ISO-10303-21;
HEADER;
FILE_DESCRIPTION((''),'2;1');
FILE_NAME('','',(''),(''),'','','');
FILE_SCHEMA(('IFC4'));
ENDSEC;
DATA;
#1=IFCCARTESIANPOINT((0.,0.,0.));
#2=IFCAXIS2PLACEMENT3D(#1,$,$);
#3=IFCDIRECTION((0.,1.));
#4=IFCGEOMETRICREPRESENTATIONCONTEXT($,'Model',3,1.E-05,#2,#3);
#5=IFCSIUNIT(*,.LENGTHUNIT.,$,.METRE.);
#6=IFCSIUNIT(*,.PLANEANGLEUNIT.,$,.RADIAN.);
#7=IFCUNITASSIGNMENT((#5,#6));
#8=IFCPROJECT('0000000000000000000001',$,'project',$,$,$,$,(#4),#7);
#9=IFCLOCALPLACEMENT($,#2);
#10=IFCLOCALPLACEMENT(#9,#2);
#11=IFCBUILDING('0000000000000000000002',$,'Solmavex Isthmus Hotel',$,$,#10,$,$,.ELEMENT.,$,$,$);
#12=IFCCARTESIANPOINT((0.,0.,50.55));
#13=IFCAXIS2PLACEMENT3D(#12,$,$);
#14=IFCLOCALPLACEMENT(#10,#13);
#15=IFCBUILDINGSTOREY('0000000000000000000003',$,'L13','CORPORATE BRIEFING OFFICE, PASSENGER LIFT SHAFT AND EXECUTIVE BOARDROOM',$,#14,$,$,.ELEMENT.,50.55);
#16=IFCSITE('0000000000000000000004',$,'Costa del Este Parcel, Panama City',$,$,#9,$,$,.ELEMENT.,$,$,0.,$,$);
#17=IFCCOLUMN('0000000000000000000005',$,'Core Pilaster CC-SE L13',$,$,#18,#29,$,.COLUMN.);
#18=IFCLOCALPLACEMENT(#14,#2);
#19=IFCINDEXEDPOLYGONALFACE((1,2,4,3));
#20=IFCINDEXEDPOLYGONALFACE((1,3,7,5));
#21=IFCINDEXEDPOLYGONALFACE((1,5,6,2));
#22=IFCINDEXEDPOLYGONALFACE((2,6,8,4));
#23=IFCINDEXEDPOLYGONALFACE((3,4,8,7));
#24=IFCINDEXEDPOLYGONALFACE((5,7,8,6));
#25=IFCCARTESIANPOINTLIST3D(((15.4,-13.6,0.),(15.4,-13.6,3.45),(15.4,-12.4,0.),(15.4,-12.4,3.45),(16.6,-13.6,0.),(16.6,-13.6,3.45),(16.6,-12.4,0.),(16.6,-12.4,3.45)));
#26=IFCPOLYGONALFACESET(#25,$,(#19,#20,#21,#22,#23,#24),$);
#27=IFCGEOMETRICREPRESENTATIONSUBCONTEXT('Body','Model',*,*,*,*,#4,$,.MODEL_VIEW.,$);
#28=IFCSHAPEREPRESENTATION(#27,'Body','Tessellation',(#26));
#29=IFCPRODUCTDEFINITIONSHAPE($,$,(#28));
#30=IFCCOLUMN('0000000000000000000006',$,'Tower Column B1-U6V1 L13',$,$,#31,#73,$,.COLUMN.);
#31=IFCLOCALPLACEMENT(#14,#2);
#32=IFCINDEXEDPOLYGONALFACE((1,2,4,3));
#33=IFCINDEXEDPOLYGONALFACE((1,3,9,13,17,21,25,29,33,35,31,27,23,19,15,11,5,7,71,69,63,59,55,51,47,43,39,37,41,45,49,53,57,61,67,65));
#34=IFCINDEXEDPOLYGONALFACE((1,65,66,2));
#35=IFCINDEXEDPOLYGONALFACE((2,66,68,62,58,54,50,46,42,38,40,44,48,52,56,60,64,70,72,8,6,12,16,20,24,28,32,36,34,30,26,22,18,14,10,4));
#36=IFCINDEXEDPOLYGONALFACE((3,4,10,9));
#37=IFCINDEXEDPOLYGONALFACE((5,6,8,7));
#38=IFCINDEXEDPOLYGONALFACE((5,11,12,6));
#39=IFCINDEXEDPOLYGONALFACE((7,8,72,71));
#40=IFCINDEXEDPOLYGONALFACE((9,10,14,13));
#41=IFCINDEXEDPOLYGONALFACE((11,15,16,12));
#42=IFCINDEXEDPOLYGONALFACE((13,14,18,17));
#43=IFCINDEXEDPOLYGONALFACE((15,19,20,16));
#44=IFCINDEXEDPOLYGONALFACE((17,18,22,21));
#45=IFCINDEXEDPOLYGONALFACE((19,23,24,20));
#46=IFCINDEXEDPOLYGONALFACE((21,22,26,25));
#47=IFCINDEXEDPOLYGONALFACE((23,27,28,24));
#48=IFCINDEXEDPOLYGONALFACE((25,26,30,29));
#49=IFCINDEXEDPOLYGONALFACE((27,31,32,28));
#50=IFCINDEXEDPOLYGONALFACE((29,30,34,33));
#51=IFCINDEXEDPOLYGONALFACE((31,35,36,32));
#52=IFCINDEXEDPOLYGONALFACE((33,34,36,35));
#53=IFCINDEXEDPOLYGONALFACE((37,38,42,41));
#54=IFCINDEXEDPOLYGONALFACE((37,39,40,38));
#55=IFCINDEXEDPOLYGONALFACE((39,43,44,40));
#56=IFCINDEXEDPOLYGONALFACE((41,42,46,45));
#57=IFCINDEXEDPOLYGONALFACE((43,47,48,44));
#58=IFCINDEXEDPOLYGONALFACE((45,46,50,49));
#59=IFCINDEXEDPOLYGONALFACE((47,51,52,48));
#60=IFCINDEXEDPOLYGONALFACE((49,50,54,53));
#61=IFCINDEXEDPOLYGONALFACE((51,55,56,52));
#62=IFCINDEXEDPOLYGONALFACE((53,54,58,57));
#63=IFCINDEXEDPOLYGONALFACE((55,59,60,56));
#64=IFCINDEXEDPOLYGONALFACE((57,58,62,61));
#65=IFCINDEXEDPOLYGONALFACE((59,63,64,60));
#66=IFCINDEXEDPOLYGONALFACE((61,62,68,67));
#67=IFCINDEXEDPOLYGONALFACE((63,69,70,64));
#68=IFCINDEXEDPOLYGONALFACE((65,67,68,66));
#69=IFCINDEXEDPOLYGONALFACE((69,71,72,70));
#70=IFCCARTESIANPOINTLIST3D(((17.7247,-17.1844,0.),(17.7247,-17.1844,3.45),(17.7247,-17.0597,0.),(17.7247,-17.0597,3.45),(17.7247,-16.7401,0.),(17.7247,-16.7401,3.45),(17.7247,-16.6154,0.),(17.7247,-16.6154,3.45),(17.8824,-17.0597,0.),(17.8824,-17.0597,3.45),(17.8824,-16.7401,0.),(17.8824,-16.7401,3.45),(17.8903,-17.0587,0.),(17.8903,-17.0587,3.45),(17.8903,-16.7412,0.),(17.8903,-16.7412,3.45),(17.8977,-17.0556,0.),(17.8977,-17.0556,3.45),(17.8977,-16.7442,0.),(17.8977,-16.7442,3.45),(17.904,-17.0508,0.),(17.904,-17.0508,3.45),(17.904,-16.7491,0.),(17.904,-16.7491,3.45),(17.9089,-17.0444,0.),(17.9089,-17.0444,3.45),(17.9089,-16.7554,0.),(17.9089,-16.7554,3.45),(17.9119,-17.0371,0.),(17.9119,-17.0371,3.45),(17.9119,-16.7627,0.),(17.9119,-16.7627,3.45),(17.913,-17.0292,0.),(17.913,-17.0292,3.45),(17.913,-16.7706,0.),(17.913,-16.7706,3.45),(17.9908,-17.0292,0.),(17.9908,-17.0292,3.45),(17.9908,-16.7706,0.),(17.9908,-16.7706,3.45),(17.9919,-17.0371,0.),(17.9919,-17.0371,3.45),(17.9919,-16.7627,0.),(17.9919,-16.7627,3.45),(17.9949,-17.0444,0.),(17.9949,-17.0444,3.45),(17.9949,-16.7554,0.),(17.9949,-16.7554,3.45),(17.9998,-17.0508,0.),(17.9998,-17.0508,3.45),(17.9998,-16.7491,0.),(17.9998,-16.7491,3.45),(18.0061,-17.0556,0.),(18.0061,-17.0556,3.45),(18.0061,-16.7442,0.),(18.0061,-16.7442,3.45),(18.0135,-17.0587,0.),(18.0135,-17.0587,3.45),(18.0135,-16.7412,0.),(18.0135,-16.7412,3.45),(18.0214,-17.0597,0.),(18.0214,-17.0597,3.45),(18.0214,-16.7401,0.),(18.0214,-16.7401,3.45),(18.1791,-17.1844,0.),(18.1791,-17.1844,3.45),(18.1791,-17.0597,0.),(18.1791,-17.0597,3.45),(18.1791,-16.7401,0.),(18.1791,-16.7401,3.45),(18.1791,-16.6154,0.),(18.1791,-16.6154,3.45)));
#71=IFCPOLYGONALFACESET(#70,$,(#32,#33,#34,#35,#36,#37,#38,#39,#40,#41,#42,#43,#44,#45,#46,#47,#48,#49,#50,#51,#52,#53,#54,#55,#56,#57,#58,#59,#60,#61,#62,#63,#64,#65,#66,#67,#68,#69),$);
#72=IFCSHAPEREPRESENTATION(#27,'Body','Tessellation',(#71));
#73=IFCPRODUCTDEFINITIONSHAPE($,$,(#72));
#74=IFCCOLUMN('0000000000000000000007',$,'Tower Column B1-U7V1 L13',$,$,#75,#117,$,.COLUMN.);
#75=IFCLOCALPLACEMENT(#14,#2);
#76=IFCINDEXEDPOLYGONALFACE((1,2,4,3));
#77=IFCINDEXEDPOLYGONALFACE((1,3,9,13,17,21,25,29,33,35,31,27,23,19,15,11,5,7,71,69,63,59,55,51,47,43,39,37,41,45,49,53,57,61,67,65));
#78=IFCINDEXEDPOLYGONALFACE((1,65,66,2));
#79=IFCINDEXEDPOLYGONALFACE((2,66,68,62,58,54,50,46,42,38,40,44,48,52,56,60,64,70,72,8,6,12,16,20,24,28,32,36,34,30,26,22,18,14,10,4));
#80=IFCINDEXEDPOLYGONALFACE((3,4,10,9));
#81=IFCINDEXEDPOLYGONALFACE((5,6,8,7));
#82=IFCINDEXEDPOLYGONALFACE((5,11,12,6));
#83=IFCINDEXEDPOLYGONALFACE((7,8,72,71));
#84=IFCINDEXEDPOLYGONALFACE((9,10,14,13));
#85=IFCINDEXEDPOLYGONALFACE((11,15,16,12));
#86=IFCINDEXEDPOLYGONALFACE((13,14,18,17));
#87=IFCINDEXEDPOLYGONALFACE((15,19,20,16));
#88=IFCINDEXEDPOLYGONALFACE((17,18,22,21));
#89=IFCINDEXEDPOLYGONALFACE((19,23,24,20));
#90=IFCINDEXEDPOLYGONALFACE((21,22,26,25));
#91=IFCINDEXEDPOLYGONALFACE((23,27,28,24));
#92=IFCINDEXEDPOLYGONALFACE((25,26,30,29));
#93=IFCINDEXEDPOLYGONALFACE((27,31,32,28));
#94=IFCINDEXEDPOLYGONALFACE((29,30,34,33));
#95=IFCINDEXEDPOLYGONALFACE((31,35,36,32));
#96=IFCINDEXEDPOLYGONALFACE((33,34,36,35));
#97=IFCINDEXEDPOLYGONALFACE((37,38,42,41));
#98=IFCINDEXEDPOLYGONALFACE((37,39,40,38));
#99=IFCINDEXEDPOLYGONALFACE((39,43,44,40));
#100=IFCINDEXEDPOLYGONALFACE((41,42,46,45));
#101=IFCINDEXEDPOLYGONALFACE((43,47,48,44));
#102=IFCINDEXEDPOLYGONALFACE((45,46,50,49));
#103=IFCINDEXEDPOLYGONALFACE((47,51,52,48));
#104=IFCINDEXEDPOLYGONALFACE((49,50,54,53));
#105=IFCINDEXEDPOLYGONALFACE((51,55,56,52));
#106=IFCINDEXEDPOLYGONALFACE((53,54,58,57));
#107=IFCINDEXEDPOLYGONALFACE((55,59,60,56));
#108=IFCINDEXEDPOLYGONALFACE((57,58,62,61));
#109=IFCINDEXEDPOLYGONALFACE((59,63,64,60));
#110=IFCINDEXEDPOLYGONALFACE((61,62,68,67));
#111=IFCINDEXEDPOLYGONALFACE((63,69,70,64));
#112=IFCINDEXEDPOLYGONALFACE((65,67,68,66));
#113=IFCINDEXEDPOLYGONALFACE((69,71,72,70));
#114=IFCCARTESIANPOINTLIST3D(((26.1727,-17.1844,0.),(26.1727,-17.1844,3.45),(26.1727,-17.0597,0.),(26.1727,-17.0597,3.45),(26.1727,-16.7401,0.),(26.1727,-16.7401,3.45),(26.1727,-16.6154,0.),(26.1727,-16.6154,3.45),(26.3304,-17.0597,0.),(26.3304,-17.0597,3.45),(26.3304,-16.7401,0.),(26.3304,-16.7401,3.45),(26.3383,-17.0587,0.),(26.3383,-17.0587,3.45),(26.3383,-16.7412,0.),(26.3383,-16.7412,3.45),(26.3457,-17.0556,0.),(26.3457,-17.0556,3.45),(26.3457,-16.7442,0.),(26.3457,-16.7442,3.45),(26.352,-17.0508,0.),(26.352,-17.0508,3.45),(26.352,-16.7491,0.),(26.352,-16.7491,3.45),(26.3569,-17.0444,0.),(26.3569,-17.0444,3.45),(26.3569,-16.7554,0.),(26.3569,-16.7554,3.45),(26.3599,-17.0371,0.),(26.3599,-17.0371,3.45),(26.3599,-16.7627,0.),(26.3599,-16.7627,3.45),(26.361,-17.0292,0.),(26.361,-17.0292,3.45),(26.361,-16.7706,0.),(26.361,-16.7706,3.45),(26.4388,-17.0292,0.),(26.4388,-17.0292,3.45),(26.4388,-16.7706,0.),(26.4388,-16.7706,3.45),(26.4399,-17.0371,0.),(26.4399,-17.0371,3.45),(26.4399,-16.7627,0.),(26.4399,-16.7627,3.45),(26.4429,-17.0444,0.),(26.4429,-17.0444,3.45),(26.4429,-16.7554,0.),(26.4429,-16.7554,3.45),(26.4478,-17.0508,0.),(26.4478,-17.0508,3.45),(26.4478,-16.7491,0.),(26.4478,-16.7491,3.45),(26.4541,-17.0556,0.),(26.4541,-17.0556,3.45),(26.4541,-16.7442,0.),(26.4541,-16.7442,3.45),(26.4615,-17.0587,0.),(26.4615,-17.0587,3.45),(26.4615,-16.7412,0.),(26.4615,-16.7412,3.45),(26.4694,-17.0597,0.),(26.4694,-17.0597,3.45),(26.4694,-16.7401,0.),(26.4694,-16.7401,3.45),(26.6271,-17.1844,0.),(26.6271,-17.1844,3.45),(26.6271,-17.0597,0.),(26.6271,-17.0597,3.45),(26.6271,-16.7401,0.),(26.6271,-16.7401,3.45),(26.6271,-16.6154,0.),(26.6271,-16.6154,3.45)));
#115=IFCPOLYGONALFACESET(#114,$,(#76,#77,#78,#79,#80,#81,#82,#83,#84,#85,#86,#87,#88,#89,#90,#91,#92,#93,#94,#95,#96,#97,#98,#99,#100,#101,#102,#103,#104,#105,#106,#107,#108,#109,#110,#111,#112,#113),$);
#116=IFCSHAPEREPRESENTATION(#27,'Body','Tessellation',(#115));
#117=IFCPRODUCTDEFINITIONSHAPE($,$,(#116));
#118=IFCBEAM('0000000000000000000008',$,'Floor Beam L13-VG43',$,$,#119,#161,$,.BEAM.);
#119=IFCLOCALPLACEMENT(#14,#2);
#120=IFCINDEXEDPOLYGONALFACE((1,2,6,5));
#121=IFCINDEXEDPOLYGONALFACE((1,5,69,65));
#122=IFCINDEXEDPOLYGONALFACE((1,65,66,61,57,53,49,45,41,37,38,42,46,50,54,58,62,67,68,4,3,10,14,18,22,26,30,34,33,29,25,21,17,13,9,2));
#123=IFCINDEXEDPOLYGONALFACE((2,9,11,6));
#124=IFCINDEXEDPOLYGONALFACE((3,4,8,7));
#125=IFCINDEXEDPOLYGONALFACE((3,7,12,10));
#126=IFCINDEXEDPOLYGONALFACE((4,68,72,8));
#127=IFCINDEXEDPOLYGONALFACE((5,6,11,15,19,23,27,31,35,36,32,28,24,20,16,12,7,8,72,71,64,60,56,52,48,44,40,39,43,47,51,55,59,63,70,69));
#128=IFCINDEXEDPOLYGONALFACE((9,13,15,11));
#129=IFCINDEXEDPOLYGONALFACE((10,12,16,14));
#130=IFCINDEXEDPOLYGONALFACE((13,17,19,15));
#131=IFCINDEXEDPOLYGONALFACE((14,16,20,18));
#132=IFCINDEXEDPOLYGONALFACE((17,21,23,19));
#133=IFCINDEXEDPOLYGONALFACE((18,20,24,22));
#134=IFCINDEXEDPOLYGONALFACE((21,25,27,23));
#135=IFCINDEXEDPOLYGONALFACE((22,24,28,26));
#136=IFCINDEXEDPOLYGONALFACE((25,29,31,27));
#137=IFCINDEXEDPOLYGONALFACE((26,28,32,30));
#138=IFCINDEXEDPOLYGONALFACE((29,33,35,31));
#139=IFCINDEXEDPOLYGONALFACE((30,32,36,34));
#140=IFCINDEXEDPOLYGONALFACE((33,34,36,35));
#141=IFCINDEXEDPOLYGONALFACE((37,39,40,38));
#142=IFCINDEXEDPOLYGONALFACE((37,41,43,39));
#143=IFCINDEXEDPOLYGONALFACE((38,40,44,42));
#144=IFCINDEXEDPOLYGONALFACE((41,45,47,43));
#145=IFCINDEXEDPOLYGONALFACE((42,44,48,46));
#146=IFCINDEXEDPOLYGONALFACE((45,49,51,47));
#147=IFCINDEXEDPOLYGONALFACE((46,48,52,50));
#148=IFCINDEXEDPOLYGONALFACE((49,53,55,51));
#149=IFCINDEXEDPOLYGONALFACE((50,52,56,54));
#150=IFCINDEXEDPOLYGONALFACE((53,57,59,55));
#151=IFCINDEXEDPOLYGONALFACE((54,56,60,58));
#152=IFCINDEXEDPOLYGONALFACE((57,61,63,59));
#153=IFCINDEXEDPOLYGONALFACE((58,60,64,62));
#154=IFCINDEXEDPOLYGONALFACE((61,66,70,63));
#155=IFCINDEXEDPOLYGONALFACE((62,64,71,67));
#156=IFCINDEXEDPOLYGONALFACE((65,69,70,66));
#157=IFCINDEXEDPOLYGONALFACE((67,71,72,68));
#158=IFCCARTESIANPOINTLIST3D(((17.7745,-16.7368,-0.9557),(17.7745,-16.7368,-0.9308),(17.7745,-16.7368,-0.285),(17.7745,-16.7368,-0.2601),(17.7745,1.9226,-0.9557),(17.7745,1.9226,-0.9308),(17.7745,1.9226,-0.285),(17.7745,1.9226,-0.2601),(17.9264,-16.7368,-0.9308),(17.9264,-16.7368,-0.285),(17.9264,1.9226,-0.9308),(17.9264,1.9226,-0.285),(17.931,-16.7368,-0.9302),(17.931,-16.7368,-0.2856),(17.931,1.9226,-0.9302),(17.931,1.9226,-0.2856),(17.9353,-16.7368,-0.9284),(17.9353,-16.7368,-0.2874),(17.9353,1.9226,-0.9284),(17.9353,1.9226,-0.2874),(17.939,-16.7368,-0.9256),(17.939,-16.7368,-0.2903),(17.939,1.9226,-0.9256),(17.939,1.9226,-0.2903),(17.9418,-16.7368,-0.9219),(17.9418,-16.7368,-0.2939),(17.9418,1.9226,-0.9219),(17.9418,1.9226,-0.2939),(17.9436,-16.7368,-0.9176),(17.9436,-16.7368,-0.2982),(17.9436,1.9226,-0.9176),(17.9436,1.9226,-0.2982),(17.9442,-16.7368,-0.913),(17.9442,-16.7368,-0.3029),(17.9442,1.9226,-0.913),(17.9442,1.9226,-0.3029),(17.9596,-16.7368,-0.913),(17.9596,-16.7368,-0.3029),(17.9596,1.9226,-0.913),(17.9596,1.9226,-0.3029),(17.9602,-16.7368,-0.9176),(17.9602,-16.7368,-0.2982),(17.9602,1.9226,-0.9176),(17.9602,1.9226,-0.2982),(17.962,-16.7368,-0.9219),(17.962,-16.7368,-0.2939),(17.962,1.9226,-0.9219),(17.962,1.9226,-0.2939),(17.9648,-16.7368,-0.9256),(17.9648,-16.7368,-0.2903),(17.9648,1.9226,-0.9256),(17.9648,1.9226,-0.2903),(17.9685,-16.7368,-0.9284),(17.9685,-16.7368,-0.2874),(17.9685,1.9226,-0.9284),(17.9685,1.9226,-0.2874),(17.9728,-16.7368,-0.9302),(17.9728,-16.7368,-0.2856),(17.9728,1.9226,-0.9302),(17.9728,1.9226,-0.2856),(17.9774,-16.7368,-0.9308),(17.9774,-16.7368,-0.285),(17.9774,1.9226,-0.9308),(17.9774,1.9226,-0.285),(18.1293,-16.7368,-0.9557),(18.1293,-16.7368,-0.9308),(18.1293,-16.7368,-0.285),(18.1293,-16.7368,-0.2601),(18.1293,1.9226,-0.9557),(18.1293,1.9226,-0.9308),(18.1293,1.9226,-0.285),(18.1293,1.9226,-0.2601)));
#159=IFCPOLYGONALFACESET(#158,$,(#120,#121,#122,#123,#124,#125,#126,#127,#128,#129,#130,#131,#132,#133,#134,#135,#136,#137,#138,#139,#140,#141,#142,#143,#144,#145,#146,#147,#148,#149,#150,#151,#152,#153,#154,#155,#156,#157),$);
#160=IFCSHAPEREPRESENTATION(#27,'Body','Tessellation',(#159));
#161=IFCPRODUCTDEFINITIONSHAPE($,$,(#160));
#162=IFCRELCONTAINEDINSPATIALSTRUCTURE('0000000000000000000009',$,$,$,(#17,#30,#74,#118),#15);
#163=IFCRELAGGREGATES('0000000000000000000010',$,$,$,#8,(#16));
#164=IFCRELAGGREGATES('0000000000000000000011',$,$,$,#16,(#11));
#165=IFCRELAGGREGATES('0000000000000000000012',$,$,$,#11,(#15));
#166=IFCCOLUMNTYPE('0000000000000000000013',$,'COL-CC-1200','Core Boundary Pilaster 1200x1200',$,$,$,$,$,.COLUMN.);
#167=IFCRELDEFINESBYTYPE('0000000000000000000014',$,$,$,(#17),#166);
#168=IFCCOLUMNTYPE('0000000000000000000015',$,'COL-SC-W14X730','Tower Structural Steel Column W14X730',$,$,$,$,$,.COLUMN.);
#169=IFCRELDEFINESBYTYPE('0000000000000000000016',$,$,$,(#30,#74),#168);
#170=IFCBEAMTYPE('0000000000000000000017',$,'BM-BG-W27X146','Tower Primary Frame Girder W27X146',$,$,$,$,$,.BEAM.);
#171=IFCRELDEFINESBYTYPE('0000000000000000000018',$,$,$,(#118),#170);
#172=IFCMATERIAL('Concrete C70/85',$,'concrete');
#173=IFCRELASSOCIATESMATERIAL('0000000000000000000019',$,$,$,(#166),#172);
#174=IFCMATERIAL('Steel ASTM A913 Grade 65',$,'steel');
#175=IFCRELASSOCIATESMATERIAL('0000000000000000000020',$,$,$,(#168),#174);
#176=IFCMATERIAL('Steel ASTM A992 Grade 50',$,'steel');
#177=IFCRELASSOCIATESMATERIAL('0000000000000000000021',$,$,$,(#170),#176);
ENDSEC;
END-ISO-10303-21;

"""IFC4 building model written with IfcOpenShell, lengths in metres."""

from ifc_helpers import new_model, si_unit, direction, frame, origin, origin_2d, place, context, subcontext, project, spatial, rectangle, i_section, extrude, material, material_profile, profile_set, type_object, element, save


model = new_model("IFC4")

# Units and contexts
model_context = context("Model", 3, precision=1e-05, world=origin(), true_north=direction((0.0, 1.0)))
body_context = subcontext(model_context, "Body", "Model", "MODEL_VIEW")
ifc_project = project(units=[si_unit("LENGTHUNIT", "METRE"), si_unit("PLANEANGLEUNIT", "RADIAN")], contexts=[model_context])

# Site, building, storey
site_placement = place(None, origin())
site = spatial("IfcSite", under=ifc_project, at=site_placement, Name="Costa del Este Parcel, Panama City", CompositionType="ELEMENT", RefElevation=0.0)
building_placement = place(site_placement, origin())
building = spatial("IfcBuilding", under=site, at=building_placement, Name="Solmavex Isthmus Hotel", CompositionType="ELEMENT")
storey_placement = place(building_placement, frame((0.0, 0.0, 50.55)))
storey = spatial("IfcBuildingStorey", under=building, at=storey_placement, Name="L13", Description="CORPORATE BRIEFING OFFICE, PASSENGER LIFT SHAFT AND EXECUTIVE BOARDROOM", CompositionType="ELEMENT", Elevation=50.55)

# Columns
ifc_material_1 = material(Name="Concrete C70/85", Category="concrete")
ifc_material_profile_1 = material_profile(ifc_material_1, rectangle(XDim=1.2, YDim=1.2, at=origin_2d()), Name="RC1200X1200")
ifc_profile_set_1 = profile_set([ifc_material_profile_1], Name="Concrete C70/85")
column_type_1 = type_object("IfcColumnType", Name="COL-CC-1200", Description="Core Boundary Pilaster 1200x1200", PredefinedType="COLUMN", material=ifc_profile_set_1)
column_placement = place(storey_placement, frame((16.0, -13.0, 0.0), z_axis=(0.0, 0.0, 1.0), x_axis=(1.0, 0.0, 0.0)))
element("IfcColumn", 1, at=column_placement, inside=storey, type_object=column_type_1, Name="Core Pilaster CC-SE L13", PredefinedType="COLUMN", context=body_context, shape_type="SweptSolid", body=[
    extrude(rectangle(XDim=1.2, YDim=1.2, at=origin_2d()), origin(), (0.0, 0.0, 1.0), 3.45),
])
ifc_material_2 = material(Name="Steel ASTM A913 Grade 65", Category="steel")
ifc_material_profile_2 = material_profile(ifc_material_2, i_section(OverallWidth=0.4543, OverallDepth=0.5691, WebThickness=0.0779, FlangeThickness=0.1248, FilletRadius=0.0305, at=origin_2d()), Name="W14X730")
ifc_profile_set_2 = profile_set([ifc_material_profile_2], Name="Steel ASTM A913 Grade 65")
column_type_2 = type_object("IfcColumnType", Name="COL-SC-W14X730", Description="Tower Structural Steel Column W14X730", PredefinedType="COLUMN", material=ifc_profile_set_2)
for number, where, z_axis, x_axis, name in (
    (2, (17.9519, -16.8999, 0.0), (0.0, 0.0, 1.0), (1.0, 0.0, 0.0), "Tower Column B1-U6V1 L13"),
    (3, (26.3999, -16.8999, 0.0), (0.0, 0.0, 1.0), (1.0, 0.0, 0.0), "Tower Column B1-U7V1 L13"),
):
    element("IfcColumn", number, at=place(storey_placement, frame(where, z_axis=z_axis, x_axis=x_axis)), inside=storey, type_object=column_type_2, Name=name, PredefinedType="COLUMN", context=body_context, shape_type="SweptSolid", body=[
        extrude(i_section(OverallWidth=0.4543, OverallDepth=0.5691, WebThickness=0.0779, FlangeThickness=0.1248, FilletRadius=0.0305, at=origin_2d()), origin(), (0.0, 0.0, 1.0), 3.45),
    ])

# Beam
ifc_material_3 = material(Name="Steel ASTM A992 Grade 50", Category="steel")
ifc_material_profile_3 = material_profile(ifc_material_3, i_section(OverallWidth=0.3547, OverallDepth=0.6956, WebThickness=0.0154, FlangeThickness=0.0249, FilletRadius=0.0178, at=origin_2d()), Name="W27X146")
ifc_profile_set_3 = profile_set([ifc_material_profile_3], Name="Steel ASTM A992 Grade 50")
beam_type_1 = type_object("IfcBeamType", Name="BM-BG-W27X146", Description="Tower Primary Frame Girder W27X146", PredefinedType="BEAM", material=ifc_profile_set_3)
beam_1_placement = place(storey_placement, frame((17.9519, -16.7368, -0.6079), z_axis=(0.0, 1.0, 0.0), x_axis=(-1.0, 0.0, 0.0)))
element("IfcBeam", 4, at=beam_1_placement, inside=storey, type_object=beam_type_1, Name="Floor Beam L13-VG43", PredefinedType="BEAM", context=body_context, shape_type="SweptSolid", body=[
    extrude(i_section(OverallWidth=0.3547, OverallDepth=0.6956, WebThickness=0.0154, FlangeThickness=0.0249, FilletRadius=0.0178, at=origin_2d()), origin(), (0.0, 0.0, 1.0), 18.6594),
])

save(model, "model.ifc")
